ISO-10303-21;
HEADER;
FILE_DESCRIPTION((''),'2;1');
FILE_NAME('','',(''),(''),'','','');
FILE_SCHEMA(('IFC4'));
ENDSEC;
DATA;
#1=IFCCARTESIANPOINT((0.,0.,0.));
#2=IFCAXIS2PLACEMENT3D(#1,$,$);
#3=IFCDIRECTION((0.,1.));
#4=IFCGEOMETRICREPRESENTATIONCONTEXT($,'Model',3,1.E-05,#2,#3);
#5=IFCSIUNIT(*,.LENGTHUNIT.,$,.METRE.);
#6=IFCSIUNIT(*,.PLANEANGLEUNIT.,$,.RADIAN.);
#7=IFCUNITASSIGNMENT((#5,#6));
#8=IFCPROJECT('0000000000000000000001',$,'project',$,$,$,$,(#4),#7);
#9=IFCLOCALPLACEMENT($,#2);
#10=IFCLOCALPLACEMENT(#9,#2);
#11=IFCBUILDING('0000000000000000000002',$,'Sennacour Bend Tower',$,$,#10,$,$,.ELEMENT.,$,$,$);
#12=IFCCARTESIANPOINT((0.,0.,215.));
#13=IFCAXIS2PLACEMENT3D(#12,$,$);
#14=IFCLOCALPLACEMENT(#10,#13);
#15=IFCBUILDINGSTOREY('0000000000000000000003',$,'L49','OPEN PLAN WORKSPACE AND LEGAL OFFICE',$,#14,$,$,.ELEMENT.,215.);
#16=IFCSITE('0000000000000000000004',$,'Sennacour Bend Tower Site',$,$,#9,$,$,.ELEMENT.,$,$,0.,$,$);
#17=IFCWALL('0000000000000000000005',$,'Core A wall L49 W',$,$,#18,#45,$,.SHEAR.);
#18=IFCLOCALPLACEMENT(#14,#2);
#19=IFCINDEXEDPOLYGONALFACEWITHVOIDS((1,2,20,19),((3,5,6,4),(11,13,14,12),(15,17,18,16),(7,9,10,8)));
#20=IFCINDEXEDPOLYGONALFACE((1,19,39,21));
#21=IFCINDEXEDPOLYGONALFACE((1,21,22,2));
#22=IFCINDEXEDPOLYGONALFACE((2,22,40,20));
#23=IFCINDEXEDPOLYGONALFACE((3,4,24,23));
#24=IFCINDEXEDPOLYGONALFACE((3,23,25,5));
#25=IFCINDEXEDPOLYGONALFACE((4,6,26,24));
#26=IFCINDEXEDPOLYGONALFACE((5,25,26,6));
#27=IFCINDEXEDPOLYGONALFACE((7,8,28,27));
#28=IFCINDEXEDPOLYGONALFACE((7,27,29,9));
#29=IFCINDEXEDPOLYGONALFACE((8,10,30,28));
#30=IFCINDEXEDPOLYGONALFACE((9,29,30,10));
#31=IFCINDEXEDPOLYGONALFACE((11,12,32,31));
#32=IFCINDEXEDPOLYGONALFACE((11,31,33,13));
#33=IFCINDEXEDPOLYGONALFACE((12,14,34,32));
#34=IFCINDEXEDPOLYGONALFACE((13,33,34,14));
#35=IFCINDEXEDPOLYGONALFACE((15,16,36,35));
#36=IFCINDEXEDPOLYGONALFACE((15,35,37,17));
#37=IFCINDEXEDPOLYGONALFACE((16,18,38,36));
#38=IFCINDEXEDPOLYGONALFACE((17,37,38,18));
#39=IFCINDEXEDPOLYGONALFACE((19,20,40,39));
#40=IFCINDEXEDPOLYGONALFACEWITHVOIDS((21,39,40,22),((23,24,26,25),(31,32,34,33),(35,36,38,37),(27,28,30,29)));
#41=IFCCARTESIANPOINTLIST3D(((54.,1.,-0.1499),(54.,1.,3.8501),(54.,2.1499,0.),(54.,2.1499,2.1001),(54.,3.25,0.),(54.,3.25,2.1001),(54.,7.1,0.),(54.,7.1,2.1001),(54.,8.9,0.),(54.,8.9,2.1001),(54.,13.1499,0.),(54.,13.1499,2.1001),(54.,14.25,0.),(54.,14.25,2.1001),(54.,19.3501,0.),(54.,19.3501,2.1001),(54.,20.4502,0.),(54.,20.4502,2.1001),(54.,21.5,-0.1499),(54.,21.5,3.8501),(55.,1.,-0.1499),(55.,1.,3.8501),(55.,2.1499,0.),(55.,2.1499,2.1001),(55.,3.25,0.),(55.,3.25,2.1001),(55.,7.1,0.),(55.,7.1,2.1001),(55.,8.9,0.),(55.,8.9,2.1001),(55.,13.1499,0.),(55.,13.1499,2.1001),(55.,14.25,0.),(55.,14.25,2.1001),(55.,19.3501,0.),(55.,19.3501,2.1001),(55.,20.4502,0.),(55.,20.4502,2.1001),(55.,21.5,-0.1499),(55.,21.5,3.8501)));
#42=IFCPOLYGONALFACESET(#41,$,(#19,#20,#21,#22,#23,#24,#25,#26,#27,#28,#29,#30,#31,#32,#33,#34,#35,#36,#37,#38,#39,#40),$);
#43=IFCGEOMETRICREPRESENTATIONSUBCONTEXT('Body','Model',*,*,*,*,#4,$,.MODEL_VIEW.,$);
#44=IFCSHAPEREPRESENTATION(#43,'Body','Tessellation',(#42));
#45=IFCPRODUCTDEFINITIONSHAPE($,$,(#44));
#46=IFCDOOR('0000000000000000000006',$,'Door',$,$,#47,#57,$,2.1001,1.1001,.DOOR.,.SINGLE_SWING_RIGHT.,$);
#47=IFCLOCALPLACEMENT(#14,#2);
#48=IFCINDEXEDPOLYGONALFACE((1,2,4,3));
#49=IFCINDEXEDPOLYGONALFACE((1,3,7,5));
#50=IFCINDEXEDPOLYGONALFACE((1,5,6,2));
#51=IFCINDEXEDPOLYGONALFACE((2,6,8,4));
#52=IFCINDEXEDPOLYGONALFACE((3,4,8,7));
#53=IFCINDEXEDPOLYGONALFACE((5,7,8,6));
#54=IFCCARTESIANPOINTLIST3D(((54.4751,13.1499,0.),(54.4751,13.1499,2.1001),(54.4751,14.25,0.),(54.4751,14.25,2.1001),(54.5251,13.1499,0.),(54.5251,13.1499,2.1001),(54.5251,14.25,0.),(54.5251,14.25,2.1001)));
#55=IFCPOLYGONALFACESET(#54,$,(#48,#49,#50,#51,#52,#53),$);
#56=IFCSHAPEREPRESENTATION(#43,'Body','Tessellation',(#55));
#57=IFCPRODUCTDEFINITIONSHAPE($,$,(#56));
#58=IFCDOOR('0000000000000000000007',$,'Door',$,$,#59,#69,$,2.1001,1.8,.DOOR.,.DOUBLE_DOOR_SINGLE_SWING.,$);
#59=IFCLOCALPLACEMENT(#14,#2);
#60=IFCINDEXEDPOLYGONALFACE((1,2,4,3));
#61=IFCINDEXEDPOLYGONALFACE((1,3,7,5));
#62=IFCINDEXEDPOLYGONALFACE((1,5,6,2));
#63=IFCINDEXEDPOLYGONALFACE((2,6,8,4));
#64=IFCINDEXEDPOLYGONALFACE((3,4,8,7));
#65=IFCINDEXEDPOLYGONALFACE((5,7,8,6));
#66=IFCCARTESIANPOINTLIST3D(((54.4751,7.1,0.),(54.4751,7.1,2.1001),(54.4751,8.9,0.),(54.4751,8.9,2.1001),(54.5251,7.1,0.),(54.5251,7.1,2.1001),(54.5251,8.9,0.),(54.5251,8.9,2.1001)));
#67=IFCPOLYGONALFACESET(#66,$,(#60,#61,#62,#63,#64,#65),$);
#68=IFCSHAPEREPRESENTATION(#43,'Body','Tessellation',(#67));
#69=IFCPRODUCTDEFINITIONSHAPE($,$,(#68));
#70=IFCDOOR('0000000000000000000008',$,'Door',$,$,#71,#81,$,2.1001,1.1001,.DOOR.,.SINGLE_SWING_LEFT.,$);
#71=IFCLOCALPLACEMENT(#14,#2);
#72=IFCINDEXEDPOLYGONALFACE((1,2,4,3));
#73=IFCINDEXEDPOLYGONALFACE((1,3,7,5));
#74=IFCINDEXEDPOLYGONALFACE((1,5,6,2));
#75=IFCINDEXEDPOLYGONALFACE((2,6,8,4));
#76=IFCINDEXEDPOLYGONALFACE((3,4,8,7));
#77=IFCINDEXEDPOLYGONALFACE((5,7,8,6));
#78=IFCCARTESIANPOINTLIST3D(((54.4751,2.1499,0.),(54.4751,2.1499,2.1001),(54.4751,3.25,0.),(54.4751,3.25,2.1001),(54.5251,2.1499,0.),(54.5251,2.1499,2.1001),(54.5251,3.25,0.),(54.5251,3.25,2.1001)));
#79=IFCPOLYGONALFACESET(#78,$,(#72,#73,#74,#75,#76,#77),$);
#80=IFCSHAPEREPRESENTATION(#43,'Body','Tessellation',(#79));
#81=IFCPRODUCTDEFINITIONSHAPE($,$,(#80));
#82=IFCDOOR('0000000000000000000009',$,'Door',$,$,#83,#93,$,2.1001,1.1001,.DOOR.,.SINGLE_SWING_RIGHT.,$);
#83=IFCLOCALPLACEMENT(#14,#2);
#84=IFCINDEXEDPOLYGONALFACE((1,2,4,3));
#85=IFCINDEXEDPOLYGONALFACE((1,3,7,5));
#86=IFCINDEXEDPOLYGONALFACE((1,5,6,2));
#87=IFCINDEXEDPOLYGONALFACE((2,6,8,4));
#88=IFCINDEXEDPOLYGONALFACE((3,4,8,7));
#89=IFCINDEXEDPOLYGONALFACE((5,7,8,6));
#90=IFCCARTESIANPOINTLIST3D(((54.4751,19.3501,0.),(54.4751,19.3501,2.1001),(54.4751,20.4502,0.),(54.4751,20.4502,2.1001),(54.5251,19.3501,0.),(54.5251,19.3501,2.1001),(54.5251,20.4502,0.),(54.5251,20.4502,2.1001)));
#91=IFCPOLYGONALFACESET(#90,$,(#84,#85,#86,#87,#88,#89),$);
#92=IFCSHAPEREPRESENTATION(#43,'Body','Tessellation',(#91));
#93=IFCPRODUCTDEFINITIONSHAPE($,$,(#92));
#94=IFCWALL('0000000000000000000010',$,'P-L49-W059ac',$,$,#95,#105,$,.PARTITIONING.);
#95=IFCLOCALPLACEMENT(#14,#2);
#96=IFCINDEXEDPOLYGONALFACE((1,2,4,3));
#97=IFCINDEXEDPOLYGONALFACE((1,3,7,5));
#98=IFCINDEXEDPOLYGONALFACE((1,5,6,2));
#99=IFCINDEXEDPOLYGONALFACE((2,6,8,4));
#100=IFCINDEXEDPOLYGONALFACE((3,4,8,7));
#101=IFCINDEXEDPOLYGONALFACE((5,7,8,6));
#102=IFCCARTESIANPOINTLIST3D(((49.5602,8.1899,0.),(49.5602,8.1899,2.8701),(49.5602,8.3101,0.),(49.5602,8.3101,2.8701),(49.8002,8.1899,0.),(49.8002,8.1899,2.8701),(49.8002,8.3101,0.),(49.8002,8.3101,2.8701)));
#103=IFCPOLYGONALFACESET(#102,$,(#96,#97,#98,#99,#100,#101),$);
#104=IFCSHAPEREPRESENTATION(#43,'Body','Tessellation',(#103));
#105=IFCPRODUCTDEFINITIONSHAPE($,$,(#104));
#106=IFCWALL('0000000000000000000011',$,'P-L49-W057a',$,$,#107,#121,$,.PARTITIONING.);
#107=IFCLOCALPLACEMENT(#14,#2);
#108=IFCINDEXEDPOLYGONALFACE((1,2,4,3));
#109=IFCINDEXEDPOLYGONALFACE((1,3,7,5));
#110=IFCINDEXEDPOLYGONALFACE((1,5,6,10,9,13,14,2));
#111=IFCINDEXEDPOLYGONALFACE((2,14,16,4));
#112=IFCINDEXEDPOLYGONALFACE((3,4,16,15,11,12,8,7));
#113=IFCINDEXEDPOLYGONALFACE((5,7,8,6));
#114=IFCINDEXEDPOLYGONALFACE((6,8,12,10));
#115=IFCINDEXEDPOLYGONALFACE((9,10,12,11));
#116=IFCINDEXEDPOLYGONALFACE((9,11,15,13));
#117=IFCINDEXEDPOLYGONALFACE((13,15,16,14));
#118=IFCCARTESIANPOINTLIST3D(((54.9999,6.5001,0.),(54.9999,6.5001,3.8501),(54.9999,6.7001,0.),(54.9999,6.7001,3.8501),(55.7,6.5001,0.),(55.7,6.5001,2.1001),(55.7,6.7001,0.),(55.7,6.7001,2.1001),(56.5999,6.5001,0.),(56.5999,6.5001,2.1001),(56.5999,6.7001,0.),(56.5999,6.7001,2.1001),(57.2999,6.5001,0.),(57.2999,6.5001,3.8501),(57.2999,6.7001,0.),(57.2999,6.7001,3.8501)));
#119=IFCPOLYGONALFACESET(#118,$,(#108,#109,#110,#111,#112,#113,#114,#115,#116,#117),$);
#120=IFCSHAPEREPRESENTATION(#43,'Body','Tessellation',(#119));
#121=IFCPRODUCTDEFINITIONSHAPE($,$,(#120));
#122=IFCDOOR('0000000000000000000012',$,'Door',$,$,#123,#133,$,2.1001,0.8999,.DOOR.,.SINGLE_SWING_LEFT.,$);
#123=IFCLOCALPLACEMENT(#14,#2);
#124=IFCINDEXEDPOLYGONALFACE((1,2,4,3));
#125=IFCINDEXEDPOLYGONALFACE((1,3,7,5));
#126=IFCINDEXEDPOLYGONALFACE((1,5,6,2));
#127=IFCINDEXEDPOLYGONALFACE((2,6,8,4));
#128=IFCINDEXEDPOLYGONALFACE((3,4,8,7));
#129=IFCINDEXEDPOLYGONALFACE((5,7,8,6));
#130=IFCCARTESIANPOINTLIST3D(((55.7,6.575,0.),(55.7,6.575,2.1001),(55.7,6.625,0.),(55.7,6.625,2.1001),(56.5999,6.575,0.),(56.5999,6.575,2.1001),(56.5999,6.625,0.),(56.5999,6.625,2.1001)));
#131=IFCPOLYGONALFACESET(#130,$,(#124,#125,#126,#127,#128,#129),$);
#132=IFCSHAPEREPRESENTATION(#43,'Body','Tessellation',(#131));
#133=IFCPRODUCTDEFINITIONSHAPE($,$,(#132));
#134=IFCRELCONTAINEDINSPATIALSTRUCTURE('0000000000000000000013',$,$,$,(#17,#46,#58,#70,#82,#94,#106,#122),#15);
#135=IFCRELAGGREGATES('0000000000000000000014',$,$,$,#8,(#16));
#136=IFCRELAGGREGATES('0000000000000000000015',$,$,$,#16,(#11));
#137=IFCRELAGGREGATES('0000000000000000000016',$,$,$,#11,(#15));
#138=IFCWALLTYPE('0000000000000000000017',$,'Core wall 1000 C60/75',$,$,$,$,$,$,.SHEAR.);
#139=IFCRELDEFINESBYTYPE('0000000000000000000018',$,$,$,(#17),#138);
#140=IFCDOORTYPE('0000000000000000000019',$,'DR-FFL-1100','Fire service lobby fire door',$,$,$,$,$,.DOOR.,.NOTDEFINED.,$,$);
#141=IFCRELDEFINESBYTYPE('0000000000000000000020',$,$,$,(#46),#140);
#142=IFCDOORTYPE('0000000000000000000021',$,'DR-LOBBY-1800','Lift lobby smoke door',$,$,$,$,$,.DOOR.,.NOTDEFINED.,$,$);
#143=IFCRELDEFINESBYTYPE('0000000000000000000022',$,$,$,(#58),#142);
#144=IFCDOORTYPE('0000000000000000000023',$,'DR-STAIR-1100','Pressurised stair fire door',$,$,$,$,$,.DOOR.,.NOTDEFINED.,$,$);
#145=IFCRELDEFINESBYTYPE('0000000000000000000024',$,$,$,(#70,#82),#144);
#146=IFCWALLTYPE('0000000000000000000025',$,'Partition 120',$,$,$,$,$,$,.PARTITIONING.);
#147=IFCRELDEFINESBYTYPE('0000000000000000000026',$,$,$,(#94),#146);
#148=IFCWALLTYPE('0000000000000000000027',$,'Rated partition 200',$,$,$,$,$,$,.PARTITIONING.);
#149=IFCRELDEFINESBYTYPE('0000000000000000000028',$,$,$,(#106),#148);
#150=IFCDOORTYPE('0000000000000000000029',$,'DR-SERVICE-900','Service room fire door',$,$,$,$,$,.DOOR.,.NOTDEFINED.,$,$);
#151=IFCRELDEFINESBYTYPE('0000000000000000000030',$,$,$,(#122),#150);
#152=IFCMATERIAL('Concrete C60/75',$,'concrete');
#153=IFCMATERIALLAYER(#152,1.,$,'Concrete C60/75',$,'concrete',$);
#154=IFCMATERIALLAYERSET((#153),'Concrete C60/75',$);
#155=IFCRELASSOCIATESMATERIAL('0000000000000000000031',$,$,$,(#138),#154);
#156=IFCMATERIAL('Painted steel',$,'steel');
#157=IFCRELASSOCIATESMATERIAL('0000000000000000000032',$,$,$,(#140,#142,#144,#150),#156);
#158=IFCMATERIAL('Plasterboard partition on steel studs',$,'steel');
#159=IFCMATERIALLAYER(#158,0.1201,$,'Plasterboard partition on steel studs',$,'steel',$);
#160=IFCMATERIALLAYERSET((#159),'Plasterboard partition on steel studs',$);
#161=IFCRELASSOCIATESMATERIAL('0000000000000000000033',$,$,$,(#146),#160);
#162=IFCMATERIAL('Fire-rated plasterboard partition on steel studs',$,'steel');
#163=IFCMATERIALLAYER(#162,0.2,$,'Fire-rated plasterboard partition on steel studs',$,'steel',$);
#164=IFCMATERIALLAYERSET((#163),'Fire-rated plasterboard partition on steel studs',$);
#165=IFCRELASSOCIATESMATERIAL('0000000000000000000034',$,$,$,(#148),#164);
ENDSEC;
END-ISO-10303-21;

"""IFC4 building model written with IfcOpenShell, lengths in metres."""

from ifc_helpers import new_model, si_unit, direction, frame, frame_2d, origin, place, context, subcontext, project, spatial, rectangle, extrude, material, layer, layer_set, type_object, element, fill, save


model = new_model("IFC4")

# Units and contexts
model_context = context("Model", 3, precision=1e-05, world=origin(), true_north=direction((0.0, 1.0)))
body_context = subcontext(model_context, "Body", "Model", "MODEL_VIEW")
ifc_project = project(units=[si_unit("LENGTHUNIT", "METRE"), si_unit("PLANEANGLEUNIT", "RADIAN")], contexts=[model_context])

# Site, building, storey
site_placement = place(None, origin())
site = spatial("IfcSite", under=ifc_project, at=site_placement, Name="Sennacour Bend Tower Site", CompositionType="ELEMENT", RefElevation=0.0)
building_placement = place(site_placement, origin())
building = spatial("IfcBuilding", under=site, at=building_placement, Name="Sennacour Bend Tower", CompositionType="ELEMENT")
storey_placement = place(building_placement, frame((0.0, 0.0, 215.0)))
storey = spatial("IfcBuildingStorey", under=building, at=storey_placement, Name="L49", Description="OPEN PLAN WORKSPACE AND LEGAL OFFICE", CompositionType="ELEMENT", Elevation=215.0)

# Wall, openings, doors
ifc_material_1 = material(Name="Concrete C60/75", Category="concrete")
ifc_layer_1 = layer(ifc_material_1, 1.0, Name="Concrete C60/75", Category="concrete")
ifc_layer_set_1 = layer_set([ifc_layer_1], Name="Concrete C60/75")
wall_type_1 = type_object("IfcWallType", Name="Core wall 1000 C60/75", PredefinedType="SHEAR", material=ifc_layer_set_1)
wall_1_placement = place(storey_placement, frame((54.5, 1.0, -0.1499), z_axis=(0.0, 0.0, 1.0), x_axis=(0.0, 1.0, 0.0)))
wall_1 = element("IfcWall", 1, at=wall_1_placement, inside=storey, type_object=wall_type_1, Name="Core A wall L49 W", PredefinedType="SHEAR", context=body_context, shape_type="SweptSolid", body=[
    extrude(rectangle(XDim=20.5, YDim=1.0, at=frame_2d((10.25, 0.0))), origin(), (0.0, 0.0, 1.0), 4.0),
])
opening_1_placement = place(wall_1_placement, frame((6.1001, 0.0, 0.1499)))
opening_1 = element("IfcOpeningElement", 2, at=opening_1_placement, cuts=wall_1, PredefinedType="OPENING", context=body_context, shape_type="SweptSolid", body=[
    extrude(rectangle(XDim=1.8, YDim=2.1001, at=frame_2d((0.8999, 1.05))), frame((0.0, 0.51, 0.0), z_axis=(0.0, -1.0, 0.0), x_axis=(1.0, 0.0, 0.0)), (0.0, 0.0, 1.0), 1.02),
])
opening_2_placement = place(wall_1_placement, frame((12.1499, 0.0, 0.1499)))
opening_2 = element("IfcOpeningElement", 3, at=opening_2_placement, cuts=wall_1, PredefinedType="OPENING", context=body_context, shape_type="SweptSolid", body=[
    extrude(rectangle(XDim=1.1001, YDim=2.1001, at=frame_2d((0.55, 1.05))), frame((0.0, 0.51, 0.0), z_axis=(0.0, -1.0, 0.0), x_axis=(1.0, 0.0, 0.0)), (0.0, 0.0, 1.0), 1.02),
])
opening_3_placement = place(wall_1_placement, frame((1.1499, 0.0, 0.1499)))
opening_3 = element("IfcOpeningElement", 4, at=opening_3_placement, cuts=wall_1, PredefinedType="OPENING", context=body_context, shape_type="SweptSolid", body=[
    extrude(rectangle(XDim=1.1001, YDim=2.1001, at=frame_2d((0.55, 1.05))), frame((0.0, 0.51, 0.0), z_axis=(0.0, -1.0, 0.0), x_axis=(1.0, 0.0, 0.0)), (0.0, 0.0, 1.0), 1.02),
])
opening_4_placement = place(wall_1_placement, frame((18.3501, 0.0, 0.1499)))
opening_4 = element("IfcOpeningElement", 5, at=opening_4_placement, cuts=wall_1, PredefinedType="OPENING", context=body_context, shape_type="SweptSolid", body=[
    extrude(rectangle(XDim=1.1001, YDim=2.1001, at=frame_2d((0.55, 1.05))), frame((0.0, 0.51, 0.0), z_axis=(0.0, -1.0, 0.0), x_axis=(1.0, 0.0, 0.0)), (0.0, 0.0, 1.0), 1.02),
])
ifc_material_2 = material(Name="Painted steel", Category="steel")
door_type_1 = type_object("IfcDoorType", Name="DR-FFL-1100", Description="Fire service lobby fire door", OperationType="NOTDEFINED", PredefinedType="DOOR", material=ifc_material_2)
door_1_placement = place(opening_2_placement, origin())
door_1 = element("IfcDoor", 6, at=door_1_placement, inside=storey, type_object=door_type_1, Name="Door", OperationType="SINGLE_SWING_RIGHT", OverallHeight=2.1001, OverallWidth=1.1001, PredefinedType="DOOR", context=body_context, shape_type="SweptSolid", body=[
    extrude(rectangle(XDim=1.1001, YDim=2.1001, at=frame_2d((0.55, 1.05))), frame((0.0, 0.0249, 0.0), z_axis=(0.0, -1.0, 0.0), x_axis=(1.0, 0.0, 0.0)), (0.0, 0.0, 1.0), 0.05),
])
fill(opening_2, door_1)
door_type_2 = type_object("IfcDoorType", Name="DR-LOBBY-1800", Description="Lift lobby smoke door", OperationType="NOTDEFINED", PredefinedType="DOOR", material=ifc_material_2)
door_2_placement = place(opening_1_placement, origin())
door_2 = element("IfcDoor", 7, at=door_2_placement, inside=storey, type_object=door_type_2, Name="Door", OperationType="DOUBLE_DOOR_SINGLE_SWING", OverallHeight=2.1001, OverallWidth=1.8, PredefinedType="DOOR", context=body_context, shape_type="SweptSolid", body=[
    extrude(rectangle(XDim=1.8, YDim=2.1001, at=frame_2d((0.8999, 1.05))), frame((0.0, 0.0249, 0.0), z_axis=(0.0, -1.0, 0.0), x_axis=(1.0, 0.0, 0.0)), (0.0, 0.0, 1.0), 0.05),
])
fill(opening_1, door_2)
door_type_3 = type_object("IfcDoorType", Name="DR-STAIR-1100", Description="Pressurised stair fire door", OperationType="NOTDEFINED", PredefinedType="DOOR", material=ifc_material_2)
door_3_placement = place(opening_3_placement, origin())
door_3 = element("IfcDoor", 8, at=door_3_placement, inside=storey, type_object=door_type_3, Name="Door", OperationType="SINGLE_SWING_LEFT", OverallHeight=2.1001, OverallWidth=1.1001, PredefinedType="DOOR", context=body_context, shape_type="SweptSolid", body=[
    extrude(rectangle(XDim=1.1001, YDim=2.1001, at=frame_2d((0.55, 1.05))), frame((0.0, 0.0249, 0.0), z_axis=(0.0, -1.0, 0.0), x_axis=(1.0, 0.0, 0.0)), (0.0, 0.0, 1.0), 0.05),
])
fill(opening_3, door_3)
door_4_placement = place(opening_4_placement, origin())
door_4 = element("IfcDoor", 9, at=door_4_placement, inside=storey, type_object=door_type_3, Name="Door", OperationType="SINGLE_SWING_RIGHT", OverallHeight=2.1001, OverallWidth=1.1001, PredefinedType="DOOR", context=body_context, shape_type="SweptSolid", body=[
    extrude(rectangle(XDim=1.1001, YDim=2.1001, at=frame_2d((0.55, 1.05))), frame((0.0, 0.0249, 0.0), z_axis=(0.0, -1.0, 0.0), x_axis=(1.0, 0.0, 0.0)), (0.0, 0.0, 1.0), 0.05),
])
fill(opening_4, door_4)

# Wall
ifc_material_3 = material(Name="Plasterboard partition on steel studs", Category="steel")
ifc_layer_2 = layer(ifc_material_3, 0.1201, Name="Plasterboard partition on steel studs", Category="steel")
ifc_layer_set_2 = layer_set([ifc_layer_2], Name="Plasterboard partition on steel studs")
wall_type_2 = type_object("IfcWallType", Name="Partition 120", PredefinedType="PARTITIONING", material=ifc_layer_set_2)
wall_2_placement = place(storey_placement, frame((49.5601, 8.25, 0.0), z_axis=(0.0, 0.0, 1.0), x_axis=(1.0, 0.0, 0.0)))
element("IfcWall", 10, at=wall_2_placement, inside=storey, type_object=wall_type_2, Name="P-L49-W059ac", PredefinedType="PARTITIONING", context=body_context, shape_type="SweptSolid", body=[
    extrude(rectangle(XDim=0.24, YDim=0.1201, at=frame_2d((0.1201, 0.0))), origin(), (0.0, 0.0, 1.0), 2.8701),
])

# Wall, opening, door
ifc_material_4 = material(Name="Fire-rated plasterboard partition on steel studs", Category="steel")
ifc_layer_3 = layer(ifc_material_4, 0.2, Name="Fire-rated plasterboard partition on steel studs", Category="steel")
ifc_layer_set_3 = layer_set([ifc_layer_3], Name="Fire-rated plasterboard partition on steel studs")
wall_type_3 = type_object("IfcWallType", Name="Rated partition 200", PredefinedType="PARTITIONING", material=ifc_layer_set_3)
wall_3_placement = place(storey_placement, frame((55.0, 6.6001, 0.0), z_axis=(0.0, 0.0, 1.0), x_axis=(1.0, 0.0, 0.0)))
wall_3 = element("IfcWall", 11, at=wall_3_placement, inside=storey, type_object=wall_type_3, Name="P-L49-W057a", PredefinedType="PARTITIONING", context=body_context, shape_type="SweptSolid", body=[
    extrude(rectangle(XDim=2.3, YDim=0.2, at=frame_2d((1.1499, 0.0))), origin(), (0.0, 0.0, 1.0), 3.8501),
])
opening_5_placement = place(wall_3_placement, frame((0.7, 0.0, 0.0)))
opening_5 = element("IfcOpeningElement", 12, at=opening_5_placement, cuts=wall_3, PredefinedType="OPENING", context=body_context, shape_type="SweptSolid", body=[
    extrude(rectangle(XDim=0.8999, YDim=2.1001, at=frame_2d((0.45, 1.05))), frame((0.0, 0.1099, 0.0), z_axis=(0.0, -1.0, 0.0), x_axis=(1.0, 0.0, 0.0)), (0.0, 0.0, 1.0), 0.22),
])
door_type_4 = type_object("IfcDoorType", Name="DR-SERVICE-900", Description="Service room fire door", OperationType="NOTDEFINED", PredefinedType="DOOR", material=ifc_material_2)
door_5_placement = place(opening_5_placement, origin())
door_5 = element("IfcDoor", 13, at=door_5_placement, inside=storey, type_object=door_type_4, Name="Door", OperationType="SINGLE_SWING_LEFT", OverallHeight=2.1001, OverallWidth=0.8999, PredefinedType="DOOR", context=body_context, shape_type="SweptSolid", body=[
    extrude(rectangle(XDim=0.8999, YDim=2.1001, at=frame_2d((0.45, 1.05))), frame((0.0, 0.0249, 0.0), z_axis=(0.0, -1.0, 0.0), x_axis=(1.0, 0.0, 0.0)), (0.0, 0.0, 1.0), 0.05),
])
fill(opening_5, door_5)

save(model, "model.ifc")
